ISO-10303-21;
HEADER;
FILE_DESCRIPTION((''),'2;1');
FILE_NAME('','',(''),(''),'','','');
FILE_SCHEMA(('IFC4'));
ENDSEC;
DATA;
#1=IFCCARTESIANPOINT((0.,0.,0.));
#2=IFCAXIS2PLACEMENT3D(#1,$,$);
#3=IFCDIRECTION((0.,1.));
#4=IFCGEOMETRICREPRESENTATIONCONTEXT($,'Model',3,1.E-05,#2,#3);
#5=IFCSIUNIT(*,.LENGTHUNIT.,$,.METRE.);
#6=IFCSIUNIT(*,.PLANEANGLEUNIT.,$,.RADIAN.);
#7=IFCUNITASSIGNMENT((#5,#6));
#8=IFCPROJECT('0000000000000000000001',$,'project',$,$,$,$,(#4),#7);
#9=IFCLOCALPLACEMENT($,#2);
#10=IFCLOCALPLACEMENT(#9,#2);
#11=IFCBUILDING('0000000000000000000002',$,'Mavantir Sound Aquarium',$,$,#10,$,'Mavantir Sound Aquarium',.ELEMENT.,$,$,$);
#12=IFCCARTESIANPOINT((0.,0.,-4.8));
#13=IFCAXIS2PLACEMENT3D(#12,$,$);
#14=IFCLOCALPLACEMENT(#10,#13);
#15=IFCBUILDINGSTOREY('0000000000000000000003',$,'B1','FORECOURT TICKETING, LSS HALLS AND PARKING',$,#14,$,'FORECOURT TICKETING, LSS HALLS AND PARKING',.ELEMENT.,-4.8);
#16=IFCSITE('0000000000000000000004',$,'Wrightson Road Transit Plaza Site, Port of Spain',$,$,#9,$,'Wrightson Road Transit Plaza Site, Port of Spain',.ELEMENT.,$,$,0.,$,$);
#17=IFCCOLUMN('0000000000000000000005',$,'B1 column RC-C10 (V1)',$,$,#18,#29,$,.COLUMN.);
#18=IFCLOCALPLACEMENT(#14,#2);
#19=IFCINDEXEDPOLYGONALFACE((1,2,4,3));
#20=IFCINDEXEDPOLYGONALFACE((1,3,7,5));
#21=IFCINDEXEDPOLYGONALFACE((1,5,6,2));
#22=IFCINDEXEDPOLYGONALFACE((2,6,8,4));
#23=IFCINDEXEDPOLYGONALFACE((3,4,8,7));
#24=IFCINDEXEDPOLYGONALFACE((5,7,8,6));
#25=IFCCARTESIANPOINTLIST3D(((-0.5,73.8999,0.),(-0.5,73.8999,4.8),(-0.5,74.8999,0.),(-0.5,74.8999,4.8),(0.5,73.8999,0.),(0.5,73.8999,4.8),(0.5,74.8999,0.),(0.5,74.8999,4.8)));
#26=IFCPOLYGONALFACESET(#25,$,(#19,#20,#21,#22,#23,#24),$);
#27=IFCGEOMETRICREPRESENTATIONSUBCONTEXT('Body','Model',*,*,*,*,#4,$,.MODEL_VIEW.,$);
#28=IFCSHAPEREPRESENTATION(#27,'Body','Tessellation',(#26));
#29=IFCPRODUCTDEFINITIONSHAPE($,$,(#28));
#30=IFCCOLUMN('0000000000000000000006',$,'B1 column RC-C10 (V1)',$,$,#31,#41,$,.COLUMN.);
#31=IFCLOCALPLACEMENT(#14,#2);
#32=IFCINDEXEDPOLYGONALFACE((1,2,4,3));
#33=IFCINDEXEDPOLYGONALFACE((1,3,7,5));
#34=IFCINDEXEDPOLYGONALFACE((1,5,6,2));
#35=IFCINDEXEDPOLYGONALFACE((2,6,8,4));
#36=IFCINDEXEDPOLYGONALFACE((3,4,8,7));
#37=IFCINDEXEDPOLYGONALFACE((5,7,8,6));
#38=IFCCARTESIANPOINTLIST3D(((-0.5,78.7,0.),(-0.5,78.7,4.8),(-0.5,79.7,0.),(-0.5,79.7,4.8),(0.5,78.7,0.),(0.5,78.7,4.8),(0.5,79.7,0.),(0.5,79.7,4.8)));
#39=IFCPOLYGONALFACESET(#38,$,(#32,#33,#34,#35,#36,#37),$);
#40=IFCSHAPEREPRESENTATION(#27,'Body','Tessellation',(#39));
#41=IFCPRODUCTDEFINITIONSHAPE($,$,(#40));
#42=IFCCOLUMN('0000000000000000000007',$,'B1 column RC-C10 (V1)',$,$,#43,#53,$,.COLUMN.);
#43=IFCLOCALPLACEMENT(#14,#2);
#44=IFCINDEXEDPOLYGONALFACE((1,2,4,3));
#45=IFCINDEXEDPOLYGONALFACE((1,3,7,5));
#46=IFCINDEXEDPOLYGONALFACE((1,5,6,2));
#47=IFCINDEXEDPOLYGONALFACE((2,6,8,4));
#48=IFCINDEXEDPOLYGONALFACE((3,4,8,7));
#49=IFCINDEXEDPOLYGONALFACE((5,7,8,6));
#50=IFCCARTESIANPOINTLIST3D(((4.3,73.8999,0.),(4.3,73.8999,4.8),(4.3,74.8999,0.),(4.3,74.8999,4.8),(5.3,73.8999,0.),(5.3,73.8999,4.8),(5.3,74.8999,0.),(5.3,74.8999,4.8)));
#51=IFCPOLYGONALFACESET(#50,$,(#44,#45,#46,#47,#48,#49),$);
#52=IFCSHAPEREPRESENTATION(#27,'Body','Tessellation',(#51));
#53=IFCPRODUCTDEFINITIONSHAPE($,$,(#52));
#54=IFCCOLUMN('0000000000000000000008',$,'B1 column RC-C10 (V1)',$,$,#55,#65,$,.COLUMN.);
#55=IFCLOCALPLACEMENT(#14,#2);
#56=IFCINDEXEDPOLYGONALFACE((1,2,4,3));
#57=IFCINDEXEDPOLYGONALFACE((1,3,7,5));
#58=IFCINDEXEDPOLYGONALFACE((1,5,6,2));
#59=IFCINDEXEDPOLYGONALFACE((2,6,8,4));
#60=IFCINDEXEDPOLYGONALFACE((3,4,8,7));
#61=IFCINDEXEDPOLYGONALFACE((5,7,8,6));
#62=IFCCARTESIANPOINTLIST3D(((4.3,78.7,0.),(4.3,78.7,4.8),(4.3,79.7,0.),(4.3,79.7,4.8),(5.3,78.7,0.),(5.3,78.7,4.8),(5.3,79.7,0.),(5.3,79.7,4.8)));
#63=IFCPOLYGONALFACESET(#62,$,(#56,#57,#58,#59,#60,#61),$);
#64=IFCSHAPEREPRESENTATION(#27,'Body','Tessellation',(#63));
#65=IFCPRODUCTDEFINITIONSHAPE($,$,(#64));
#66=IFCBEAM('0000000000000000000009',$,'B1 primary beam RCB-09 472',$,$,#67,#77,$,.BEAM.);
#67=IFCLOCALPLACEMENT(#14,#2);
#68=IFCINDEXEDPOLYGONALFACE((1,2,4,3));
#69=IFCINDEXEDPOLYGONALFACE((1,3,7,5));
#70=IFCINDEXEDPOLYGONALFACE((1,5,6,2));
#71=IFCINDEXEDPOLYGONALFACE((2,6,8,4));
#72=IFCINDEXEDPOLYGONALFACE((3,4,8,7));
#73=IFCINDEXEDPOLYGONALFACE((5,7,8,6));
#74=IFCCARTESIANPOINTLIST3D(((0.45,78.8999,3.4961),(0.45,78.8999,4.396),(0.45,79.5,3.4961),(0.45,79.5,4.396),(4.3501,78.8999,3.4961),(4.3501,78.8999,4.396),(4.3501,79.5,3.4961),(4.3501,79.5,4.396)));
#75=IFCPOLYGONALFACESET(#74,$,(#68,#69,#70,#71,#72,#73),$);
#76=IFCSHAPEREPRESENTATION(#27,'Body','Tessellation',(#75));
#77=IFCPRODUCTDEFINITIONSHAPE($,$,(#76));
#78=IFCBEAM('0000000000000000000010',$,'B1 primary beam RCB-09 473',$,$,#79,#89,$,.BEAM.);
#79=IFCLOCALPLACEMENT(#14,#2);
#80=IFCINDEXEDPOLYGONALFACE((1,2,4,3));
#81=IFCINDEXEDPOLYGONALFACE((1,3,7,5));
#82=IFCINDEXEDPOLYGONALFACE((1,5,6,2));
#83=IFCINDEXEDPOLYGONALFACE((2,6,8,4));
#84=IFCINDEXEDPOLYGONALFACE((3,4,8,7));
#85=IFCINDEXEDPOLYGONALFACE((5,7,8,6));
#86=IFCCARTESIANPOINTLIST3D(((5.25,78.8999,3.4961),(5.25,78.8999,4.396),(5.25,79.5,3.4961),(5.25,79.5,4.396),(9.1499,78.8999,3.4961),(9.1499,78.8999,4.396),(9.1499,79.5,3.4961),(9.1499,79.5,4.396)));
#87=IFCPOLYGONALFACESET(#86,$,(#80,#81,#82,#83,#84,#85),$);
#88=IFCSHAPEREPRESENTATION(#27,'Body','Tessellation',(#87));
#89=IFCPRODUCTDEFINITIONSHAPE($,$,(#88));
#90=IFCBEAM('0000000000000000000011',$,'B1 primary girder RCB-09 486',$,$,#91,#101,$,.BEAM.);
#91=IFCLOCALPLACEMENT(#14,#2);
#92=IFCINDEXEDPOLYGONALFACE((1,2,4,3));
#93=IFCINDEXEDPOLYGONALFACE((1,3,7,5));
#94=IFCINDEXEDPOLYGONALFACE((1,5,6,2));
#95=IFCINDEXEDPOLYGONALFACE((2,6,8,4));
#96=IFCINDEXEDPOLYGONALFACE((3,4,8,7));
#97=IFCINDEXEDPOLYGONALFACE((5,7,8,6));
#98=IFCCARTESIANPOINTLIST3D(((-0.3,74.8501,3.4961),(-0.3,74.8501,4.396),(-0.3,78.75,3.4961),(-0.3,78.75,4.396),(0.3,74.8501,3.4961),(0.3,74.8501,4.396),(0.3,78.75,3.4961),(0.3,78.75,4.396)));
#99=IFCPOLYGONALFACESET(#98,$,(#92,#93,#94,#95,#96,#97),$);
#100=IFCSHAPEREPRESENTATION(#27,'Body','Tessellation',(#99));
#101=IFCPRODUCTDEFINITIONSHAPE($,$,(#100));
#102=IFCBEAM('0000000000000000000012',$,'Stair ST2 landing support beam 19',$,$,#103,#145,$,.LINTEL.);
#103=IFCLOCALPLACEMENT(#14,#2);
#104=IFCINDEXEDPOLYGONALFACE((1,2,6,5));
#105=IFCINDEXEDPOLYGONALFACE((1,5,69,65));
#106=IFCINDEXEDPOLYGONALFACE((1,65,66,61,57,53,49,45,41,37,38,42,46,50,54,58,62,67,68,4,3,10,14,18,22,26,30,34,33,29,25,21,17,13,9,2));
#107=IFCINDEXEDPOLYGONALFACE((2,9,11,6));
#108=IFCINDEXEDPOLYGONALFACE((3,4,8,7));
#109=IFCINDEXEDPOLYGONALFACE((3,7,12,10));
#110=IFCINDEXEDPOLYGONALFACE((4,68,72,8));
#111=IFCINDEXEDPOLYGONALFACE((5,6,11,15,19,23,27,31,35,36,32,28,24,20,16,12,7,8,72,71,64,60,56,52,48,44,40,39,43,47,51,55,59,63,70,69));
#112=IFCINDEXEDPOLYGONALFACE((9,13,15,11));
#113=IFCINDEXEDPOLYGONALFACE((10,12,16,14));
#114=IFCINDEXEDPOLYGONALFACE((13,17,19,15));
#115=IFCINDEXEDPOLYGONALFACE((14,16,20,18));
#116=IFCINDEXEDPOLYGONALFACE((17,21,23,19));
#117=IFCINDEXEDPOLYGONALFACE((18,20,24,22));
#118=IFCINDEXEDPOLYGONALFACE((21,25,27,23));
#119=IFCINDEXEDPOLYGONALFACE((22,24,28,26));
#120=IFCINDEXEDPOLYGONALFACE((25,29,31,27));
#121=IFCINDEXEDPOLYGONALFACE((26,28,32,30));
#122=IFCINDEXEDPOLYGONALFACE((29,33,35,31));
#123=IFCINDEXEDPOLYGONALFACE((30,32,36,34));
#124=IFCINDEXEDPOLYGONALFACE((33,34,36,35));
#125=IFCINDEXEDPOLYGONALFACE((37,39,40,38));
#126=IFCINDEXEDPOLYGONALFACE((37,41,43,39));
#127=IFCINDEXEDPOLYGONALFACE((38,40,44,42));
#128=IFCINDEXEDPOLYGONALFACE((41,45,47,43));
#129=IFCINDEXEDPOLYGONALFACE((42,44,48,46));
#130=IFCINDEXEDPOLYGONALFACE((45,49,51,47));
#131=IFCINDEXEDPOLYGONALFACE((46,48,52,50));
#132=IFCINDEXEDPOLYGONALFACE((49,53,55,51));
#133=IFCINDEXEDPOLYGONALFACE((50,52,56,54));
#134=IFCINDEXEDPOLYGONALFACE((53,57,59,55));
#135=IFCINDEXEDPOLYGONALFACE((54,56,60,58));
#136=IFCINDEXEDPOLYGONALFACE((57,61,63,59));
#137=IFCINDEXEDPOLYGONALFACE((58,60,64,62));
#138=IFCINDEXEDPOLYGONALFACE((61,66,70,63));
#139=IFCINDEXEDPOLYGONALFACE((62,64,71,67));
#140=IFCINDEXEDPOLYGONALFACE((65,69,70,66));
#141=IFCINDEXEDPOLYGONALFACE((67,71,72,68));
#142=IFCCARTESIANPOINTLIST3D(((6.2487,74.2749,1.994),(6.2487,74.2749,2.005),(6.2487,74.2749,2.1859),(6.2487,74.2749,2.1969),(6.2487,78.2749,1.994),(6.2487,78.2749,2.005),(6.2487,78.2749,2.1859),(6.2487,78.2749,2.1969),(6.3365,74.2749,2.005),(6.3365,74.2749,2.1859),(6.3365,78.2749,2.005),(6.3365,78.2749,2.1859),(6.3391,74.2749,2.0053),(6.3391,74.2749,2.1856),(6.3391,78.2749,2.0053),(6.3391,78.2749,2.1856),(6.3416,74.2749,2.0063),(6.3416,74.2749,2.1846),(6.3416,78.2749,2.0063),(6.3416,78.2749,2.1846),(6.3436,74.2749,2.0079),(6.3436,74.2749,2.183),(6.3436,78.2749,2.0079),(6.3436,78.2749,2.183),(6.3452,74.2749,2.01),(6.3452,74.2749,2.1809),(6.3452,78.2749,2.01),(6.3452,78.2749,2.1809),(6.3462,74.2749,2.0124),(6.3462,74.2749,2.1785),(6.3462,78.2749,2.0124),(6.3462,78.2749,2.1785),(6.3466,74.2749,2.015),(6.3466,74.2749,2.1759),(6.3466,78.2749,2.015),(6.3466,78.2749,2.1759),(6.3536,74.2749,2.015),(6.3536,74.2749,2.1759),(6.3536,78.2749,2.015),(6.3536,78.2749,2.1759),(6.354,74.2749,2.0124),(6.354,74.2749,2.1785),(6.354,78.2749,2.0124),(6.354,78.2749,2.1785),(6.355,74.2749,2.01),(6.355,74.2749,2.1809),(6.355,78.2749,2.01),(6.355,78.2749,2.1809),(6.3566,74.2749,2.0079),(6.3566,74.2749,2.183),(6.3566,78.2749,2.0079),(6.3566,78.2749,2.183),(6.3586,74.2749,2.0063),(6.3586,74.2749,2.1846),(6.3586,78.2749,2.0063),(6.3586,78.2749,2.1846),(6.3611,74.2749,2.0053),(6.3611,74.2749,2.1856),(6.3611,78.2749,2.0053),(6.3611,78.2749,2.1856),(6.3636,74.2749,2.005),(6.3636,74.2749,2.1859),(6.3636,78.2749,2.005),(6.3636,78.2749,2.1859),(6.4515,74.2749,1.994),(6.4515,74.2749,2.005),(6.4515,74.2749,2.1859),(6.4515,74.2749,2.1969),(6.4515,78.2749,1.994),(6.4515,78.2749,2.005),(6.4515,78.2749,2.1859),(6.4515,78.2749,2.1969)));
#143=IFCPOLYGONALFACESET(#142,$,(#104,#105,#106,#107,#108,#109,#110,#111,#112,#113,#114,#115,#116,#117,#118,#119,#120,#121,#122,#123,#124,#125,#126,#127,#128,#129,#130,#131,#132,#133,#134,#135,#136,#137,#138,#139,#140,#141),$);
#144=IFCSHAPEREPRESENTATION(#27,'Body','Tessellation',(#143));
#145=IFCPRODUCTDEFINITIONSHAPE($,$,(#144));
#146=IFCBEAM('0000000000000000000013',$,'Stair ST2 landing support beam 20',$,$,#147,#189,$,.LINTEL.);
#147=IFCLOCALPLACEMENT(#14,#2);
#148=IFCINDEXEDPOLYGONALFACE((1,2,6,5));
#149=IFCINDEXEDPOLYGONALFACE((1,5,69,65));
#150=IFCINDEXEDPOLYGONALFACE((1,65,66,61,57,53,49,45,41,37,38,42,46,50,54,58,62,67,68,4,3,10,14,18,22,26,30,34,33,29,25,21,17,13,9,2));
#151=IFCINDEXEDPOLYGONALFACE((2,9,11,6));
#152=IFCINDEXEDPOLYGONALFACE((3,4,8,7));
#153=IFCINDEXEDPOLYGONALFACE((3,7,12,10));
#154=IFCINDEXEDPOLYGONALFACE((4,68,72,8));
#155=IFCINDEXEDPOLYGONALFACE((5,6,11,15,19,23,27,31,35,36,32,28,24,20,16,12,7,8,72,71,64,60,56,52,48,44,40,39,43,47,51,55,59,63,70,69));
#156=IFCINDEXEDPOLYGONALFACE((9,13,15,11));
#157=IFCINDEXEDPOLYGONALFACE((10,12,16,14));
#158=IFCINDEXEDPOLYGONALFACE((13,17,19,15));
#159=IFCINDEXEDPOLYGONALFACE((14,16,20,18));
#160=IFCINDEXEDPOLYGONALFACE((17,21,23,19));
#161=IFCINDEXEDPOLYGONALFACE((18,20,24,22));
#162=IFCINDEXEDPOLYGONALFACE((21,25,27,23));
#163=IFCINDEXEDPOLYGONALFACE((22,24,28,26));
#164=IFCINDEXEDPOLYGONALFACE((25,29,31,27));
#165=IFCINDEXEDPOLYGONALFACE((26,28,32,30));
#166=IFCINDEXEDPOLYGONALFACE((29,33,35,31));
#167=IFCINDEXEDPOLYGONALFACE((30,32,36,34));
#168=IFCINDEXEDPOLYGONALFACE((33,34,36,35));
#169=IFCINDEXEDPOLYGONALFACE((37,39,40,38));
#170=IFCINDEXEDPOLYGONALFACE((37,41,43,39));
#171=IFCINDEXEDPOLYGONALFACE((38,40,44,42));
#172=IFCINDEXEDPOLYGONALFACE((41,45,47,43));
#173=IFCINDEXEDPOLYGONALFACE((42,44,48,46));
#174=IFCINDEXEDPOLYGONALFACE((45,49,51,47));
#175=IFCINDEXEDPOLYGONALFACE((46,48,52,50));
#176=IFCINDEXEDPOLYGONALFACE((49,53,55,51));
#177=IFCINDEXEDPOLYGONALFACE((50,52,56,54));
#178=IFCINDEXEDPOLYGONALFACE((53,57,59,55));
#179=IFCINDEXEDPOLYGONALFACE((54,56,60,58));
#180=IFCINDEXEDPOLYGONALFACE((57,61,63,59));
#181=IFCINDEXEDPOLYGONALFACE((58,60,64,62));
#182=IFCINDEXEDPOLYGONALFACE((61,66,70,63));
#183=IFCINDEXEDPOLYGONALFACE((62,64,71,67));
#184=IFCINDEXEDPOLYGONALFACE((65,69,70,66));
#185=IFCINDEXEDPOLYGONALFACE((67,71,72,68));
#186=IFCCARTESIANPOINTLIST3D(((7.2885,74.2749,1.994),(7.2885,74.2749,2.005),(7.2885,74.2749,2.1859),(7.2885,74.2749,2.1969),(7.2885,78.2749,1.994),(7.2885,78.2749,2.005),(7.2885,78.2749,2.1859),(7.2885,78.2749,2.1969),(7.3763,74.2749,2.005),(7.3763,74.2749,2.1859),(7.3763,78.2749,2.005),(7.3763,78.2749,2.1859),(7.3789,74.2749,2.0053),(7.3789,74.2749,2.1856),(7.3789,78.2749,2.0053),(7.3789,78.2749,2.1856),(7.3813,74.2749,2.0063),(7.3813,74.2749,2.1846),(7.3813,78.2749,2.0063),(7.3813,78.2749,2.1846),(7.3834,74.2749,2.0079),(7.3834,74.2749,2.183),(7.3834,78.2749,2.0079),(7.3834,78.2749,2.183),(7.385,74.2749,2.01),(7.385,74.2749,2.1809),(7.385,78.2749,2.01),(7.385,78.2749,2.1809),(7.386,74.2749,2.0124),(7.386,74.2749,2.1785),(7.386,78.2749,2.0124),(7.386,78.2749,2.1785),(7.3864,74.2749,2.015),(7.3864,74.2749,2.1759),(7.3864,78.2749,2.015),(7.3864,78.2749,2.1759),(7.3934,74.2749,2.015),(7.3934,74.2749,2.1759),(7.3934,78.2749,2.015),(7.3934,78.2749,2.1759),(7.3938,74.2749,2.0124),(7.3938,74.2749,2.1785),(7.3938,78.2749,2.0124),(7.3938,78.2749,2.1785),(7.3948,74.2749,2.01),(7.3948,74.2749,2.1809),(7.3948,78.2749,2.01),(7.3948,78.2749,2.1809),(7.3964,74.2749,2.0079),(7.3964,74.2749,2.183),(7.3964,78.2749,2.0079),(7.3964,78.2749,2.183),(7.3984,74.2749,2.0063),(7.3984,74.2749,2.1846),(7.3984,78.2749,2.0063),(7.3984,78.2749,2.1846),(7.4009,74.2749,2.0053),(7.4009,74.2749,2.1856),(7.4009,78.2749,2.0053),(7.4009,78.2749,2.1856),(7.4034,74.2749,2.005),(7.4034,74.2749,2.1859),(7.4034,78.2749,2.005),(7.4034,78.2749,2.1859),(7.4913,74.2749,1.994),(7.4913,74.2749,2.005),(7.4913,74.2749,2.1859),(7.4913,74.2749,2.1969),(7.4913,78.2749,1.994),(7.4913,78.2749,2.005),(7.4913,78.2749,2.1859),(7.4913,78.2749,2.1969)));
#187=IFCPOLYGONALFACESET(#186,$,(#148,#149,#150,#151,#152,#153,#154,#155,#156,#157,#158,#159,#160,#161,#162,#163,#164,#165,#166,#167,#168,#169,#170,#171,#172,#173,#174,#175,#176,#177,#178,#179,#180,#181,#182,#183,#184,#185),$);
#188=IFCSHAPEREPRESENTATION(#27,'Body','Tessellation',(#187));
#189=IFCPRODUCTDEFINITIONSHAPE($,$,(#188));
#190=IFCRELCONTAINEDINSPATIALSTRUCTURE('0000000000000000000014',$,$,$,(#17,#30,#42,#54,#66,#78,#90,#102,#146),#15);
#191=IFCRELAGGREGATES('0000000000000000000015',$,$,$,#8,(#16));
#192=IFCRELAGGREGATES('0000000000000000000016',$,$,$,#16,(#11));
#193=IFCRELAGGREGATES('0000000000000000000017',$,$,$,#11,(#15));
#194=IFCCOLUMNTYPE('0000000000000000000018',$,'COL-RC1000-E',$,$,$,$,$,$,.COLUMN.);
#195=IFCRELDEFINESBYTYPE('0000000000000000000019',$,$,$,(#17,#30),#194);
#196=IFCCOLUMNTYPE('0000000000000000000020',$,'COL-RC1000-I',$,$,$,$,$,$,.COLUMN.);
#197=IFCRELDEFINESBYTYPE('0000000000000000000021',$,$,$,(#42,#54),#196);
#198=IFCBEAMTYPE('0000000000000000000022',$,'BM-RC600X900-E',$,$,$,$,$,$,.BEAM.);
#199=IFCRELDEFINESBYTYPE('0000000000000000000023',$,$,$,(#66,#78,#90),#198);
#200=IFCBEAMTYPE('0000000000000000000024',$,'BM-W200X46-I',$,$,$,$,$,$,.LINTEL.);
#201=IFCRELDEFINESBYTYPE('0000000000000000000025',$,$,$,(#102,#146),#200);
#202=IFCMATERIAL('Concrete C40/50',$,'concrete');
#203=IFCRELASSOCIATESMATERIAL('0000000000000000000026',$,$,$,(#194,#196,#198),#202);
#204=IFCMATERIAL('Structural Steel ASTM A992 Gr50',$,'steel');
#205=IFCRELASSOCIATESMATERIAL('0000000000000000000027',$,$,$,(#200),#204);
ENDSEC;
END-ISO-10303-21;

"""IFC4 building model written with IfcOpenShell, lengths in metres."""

from ifc_helpers import new_model, si_unit, direction, frame, origin, origin_2d, place, context, subcontext, project, spatial, rectangle, i_section, extrude, material, material_profile, profile_set, type_object, element, save


model = new_model("IFC4")

# Units and contexts
model_context = context("Model", 3, precision=1e-05, world=origin(), true_north=direction((0.0, 1.0)))
body_context = subcontext(model_context, "Body", "Model", "MODEL_VIEW")
ifc_project = project(units=[si_unit("LENGTHUNIT", "METRE"), si_unit("PLANEANGLEUNIT", "RADIAN")], contexts=[model_context])

# Site, building, storey
site_placement = place(None, origin())
site = spatial("IfcSite", under=ifc_project, at=site_placement, Name="Wrightson Road Transit Plaza Site, Port of Spain", LongName="Wrightson Road Transit Plaza Site, Port of Spain", CompositionType="ELEMENT", RefElevation=0.0)
building_placement = place(site_placement, origin())
building = spatial("IfcBuilding", under=site, at=building_placement, Name="Mavantir Sound Aquarium", LongName="Mavantir Sound Aquarium", CompositionType="ELEMENT")
storey_placement = place(building_placement, frame((0.0, 0.0, -4.8)))
storey = spatial("IfcBuildingStorey", under=building, at=storey_placement, Name="B1", Description="FORECOURT TICKETING, LSS HALLS AND PARKING", LongName="FORECOURT TICKETING, LSS HALLS AND PARKING", CompositionType="ELEMENT", Elevation=-4.8)

# Columns
ifc_material_1 = material(Name="Concrete C40/50", Category="concrete")
ifc_material_profile_1 = material_profile(ifc_material_1, rectangle(XDim=1.0, YDim=1.0, at=origin_2d()), Name="RC 1000X1000")
ifc_profile_set_1 = profile_set([ifc_material_profile_1], Name="Concrete C40/50")
column_type_1 = type_object("IfcColumnType", Name="COL-RC1000-E", PredefinedType="COLUMN", material=ifc_profile_set_1)
for number, where, z_axis, x_axis, name in (
    (1, (0.0, 74.3999, 0.0), (0.0, 0.0, 1.0), (1.0, 0.0, 0.0), "B1 column RC-C10 (V1)"),
    (2, (0.0, 79.2, 0.0), (0.0, 0.0, 1.0), (1.0, 0.0, 0.0), "B1 column RC-C10 (V1)"),
):
    element("IfcColumn", number, at=place(storey_placement, frame(where, z_axis=z_axis, x_axis=x_axis)), inside=storey, type_object=column_type_1, Name=name, PredefinedType="COLUMN", context=body_context, shape_type="SweptSolid", body=[
        extrude(rectangle(XDim=1.0, YDim=1.0, at=origin_2d()), origin(), (0.0, 0.0, 1.0), 4.8),
    ])
ifc_material_profile_2 = material_profile(ifc_material_1, rectangle(XDim=1.0, YDim=1.0, at=origin_2d()), Name="RC 1000X1000")
ifc_profile_set_2 = profile_set([ifc_material_profile_2], Name="Concrete C40/50")
column_type_2 = type_object("IfcColumnType", Name="COL-RC1000-I", PredefinedType="COLUMN", material=ifc_profile_set_2)
for number, where, z_axis, x_axis, name in (
    (3, (4.8, 74.3999, 0.0), (0.0, 0.0, 1.0), (1.0, 0.0, 0.0), "B1 column RC-C10 (V1)"),
    (4, (4.8, 79.2, 0.0), (0.0, 0.0, 1.0), (1.0, 0.0, 0.0), "B1 column RC-C10 (V1)"),
):
    element("IfcColumn", number, at=place(storey_placement, frame(where, z_axis=z_axis, x_axis=x_axis)), inside=storey, type_object=column_type_2, Name=name, PredefinedType="COLUMN", context=body_context, shape_type="SweptSolid", body=[
        extrude(rectangle(XDim=1.0, YDim=1.0, at=origin_2d()), origin(), (0.0, 0.0, 1.0), 4.8),
    ])

# Beams
ifc_material_profile_3 = material_profile(ifc_material_1, rectangle(XDim=0.6001, YDim=0.8999, at=origin_2d()), Name="RC 600X900")
ifc_profile_set_3 = profile_set([ifc_material_profile_3], Name="Concrete C40/50")
beam_type_1 = type_object("IfcBeamType", Name="BM-RC600X900-E", PredefinedType="BEAM", material=ifc_profile_set_3)
beam_placement = place(storey_placement, frame((0.45, 79.2, 3.946), z_axis=(1.0, 0.0, 0.0), x_axis=(0.0, 1.0, 0.0)))
element("IfcBeam", 5, at=beam_placement, inside=storey, type_object=beam_type_1, Name="B1 primary beam RCB-09 472", PredefinedType="BEAM", context=body_context, shape_type="SweptSolid", body=[
    extrude(rectangle(XDim=0.6001, YDim=0.8999, at=origin_2d()), origin(), (0.0, 0.0, 1.0), 3.9001),
])
for number, where, z_axis, x_axis, name in (
    (6, (5.25, 79.2, 3.946), (1.0, 0.0, 0.0), (0.0, 1.0, 0.0), "B1 primary beam RCB-09 473"),
    (7, (0.0, 74.8501, 3.946), (0.0, 1.0, 0.0), (-1.0, 0.0, 0.0), "B1 primary girder RCB-09 486"),
):
    element("IfcBeam", number, at=place(storey_placement, frame(where, z_axis=z_axis, x_axis=x_axis)), inside=storey, type_object=beam_type_1, Name=name, PredefinedType="BEAM", context=body_context, shape_type="SweptSolid", body=[
        extrude(rectangle(XDim=0.6001, YDim=0.8999, at=origin_2d()), origin(), (0.0, 0.0, 1.0), 3.8999),
    ])
ifc_material_2 = material(Name="Structural Steel ASTM A992 Gr50", Category="steel")
ifc_material_profile_4 = material_profile(ifc_material_2, i_section(OverallWidth=0.2029, OverallDepth=0.2029, WebThickness=0.0071, FlangeThickness=0.011, FilletRadius=0.01, at=origin_2d()), Name="W200X46")
ifc_profile_set_4 = profile_set([ifc_material_profile_4], Name="Structural Steel ASTM A992 Gr50")
beam_type_2 = type_object("IfcBeamType", Name="BM-W200X46-I", PredefinedType="LINTEL", material=ifc_profile_set_4)
for number, where, z_axis, x_axis, name in (
    (8, (6.3501, 74.2749, 2.0955), (0.0, 1.0, 0.0), (-1.0, 0.0, 0.0), "Stair ST2 landing support beam 19"),
    (9, (7.3899, 74.2749, 2.0955), (0.0, 1.0, 0.0), (-1.0, 0.0, 0.0), "Stair ST2 landing support beam 20"),
):
    element("IfcBeam", number, at=place(storey_placement, frame(where, z_axis=z_axis, x_axis=x_axis)), inside=storey, type_object=beam_type_2, Name=name, PredefinedType="LINTEL", context=body_context, shape_type="SweptSolid", body=[
        extrude(i_section(OverallWidth=0.2029, OverallDepth=0.2029, WebThickness=0.0071, FlangeThickness=0.011, FilletRadius=0.01, at=origin_2d()), origin(), (0.0, 0.0, 1.0), 4.0),
    ])

save(model, "model.ifc")
